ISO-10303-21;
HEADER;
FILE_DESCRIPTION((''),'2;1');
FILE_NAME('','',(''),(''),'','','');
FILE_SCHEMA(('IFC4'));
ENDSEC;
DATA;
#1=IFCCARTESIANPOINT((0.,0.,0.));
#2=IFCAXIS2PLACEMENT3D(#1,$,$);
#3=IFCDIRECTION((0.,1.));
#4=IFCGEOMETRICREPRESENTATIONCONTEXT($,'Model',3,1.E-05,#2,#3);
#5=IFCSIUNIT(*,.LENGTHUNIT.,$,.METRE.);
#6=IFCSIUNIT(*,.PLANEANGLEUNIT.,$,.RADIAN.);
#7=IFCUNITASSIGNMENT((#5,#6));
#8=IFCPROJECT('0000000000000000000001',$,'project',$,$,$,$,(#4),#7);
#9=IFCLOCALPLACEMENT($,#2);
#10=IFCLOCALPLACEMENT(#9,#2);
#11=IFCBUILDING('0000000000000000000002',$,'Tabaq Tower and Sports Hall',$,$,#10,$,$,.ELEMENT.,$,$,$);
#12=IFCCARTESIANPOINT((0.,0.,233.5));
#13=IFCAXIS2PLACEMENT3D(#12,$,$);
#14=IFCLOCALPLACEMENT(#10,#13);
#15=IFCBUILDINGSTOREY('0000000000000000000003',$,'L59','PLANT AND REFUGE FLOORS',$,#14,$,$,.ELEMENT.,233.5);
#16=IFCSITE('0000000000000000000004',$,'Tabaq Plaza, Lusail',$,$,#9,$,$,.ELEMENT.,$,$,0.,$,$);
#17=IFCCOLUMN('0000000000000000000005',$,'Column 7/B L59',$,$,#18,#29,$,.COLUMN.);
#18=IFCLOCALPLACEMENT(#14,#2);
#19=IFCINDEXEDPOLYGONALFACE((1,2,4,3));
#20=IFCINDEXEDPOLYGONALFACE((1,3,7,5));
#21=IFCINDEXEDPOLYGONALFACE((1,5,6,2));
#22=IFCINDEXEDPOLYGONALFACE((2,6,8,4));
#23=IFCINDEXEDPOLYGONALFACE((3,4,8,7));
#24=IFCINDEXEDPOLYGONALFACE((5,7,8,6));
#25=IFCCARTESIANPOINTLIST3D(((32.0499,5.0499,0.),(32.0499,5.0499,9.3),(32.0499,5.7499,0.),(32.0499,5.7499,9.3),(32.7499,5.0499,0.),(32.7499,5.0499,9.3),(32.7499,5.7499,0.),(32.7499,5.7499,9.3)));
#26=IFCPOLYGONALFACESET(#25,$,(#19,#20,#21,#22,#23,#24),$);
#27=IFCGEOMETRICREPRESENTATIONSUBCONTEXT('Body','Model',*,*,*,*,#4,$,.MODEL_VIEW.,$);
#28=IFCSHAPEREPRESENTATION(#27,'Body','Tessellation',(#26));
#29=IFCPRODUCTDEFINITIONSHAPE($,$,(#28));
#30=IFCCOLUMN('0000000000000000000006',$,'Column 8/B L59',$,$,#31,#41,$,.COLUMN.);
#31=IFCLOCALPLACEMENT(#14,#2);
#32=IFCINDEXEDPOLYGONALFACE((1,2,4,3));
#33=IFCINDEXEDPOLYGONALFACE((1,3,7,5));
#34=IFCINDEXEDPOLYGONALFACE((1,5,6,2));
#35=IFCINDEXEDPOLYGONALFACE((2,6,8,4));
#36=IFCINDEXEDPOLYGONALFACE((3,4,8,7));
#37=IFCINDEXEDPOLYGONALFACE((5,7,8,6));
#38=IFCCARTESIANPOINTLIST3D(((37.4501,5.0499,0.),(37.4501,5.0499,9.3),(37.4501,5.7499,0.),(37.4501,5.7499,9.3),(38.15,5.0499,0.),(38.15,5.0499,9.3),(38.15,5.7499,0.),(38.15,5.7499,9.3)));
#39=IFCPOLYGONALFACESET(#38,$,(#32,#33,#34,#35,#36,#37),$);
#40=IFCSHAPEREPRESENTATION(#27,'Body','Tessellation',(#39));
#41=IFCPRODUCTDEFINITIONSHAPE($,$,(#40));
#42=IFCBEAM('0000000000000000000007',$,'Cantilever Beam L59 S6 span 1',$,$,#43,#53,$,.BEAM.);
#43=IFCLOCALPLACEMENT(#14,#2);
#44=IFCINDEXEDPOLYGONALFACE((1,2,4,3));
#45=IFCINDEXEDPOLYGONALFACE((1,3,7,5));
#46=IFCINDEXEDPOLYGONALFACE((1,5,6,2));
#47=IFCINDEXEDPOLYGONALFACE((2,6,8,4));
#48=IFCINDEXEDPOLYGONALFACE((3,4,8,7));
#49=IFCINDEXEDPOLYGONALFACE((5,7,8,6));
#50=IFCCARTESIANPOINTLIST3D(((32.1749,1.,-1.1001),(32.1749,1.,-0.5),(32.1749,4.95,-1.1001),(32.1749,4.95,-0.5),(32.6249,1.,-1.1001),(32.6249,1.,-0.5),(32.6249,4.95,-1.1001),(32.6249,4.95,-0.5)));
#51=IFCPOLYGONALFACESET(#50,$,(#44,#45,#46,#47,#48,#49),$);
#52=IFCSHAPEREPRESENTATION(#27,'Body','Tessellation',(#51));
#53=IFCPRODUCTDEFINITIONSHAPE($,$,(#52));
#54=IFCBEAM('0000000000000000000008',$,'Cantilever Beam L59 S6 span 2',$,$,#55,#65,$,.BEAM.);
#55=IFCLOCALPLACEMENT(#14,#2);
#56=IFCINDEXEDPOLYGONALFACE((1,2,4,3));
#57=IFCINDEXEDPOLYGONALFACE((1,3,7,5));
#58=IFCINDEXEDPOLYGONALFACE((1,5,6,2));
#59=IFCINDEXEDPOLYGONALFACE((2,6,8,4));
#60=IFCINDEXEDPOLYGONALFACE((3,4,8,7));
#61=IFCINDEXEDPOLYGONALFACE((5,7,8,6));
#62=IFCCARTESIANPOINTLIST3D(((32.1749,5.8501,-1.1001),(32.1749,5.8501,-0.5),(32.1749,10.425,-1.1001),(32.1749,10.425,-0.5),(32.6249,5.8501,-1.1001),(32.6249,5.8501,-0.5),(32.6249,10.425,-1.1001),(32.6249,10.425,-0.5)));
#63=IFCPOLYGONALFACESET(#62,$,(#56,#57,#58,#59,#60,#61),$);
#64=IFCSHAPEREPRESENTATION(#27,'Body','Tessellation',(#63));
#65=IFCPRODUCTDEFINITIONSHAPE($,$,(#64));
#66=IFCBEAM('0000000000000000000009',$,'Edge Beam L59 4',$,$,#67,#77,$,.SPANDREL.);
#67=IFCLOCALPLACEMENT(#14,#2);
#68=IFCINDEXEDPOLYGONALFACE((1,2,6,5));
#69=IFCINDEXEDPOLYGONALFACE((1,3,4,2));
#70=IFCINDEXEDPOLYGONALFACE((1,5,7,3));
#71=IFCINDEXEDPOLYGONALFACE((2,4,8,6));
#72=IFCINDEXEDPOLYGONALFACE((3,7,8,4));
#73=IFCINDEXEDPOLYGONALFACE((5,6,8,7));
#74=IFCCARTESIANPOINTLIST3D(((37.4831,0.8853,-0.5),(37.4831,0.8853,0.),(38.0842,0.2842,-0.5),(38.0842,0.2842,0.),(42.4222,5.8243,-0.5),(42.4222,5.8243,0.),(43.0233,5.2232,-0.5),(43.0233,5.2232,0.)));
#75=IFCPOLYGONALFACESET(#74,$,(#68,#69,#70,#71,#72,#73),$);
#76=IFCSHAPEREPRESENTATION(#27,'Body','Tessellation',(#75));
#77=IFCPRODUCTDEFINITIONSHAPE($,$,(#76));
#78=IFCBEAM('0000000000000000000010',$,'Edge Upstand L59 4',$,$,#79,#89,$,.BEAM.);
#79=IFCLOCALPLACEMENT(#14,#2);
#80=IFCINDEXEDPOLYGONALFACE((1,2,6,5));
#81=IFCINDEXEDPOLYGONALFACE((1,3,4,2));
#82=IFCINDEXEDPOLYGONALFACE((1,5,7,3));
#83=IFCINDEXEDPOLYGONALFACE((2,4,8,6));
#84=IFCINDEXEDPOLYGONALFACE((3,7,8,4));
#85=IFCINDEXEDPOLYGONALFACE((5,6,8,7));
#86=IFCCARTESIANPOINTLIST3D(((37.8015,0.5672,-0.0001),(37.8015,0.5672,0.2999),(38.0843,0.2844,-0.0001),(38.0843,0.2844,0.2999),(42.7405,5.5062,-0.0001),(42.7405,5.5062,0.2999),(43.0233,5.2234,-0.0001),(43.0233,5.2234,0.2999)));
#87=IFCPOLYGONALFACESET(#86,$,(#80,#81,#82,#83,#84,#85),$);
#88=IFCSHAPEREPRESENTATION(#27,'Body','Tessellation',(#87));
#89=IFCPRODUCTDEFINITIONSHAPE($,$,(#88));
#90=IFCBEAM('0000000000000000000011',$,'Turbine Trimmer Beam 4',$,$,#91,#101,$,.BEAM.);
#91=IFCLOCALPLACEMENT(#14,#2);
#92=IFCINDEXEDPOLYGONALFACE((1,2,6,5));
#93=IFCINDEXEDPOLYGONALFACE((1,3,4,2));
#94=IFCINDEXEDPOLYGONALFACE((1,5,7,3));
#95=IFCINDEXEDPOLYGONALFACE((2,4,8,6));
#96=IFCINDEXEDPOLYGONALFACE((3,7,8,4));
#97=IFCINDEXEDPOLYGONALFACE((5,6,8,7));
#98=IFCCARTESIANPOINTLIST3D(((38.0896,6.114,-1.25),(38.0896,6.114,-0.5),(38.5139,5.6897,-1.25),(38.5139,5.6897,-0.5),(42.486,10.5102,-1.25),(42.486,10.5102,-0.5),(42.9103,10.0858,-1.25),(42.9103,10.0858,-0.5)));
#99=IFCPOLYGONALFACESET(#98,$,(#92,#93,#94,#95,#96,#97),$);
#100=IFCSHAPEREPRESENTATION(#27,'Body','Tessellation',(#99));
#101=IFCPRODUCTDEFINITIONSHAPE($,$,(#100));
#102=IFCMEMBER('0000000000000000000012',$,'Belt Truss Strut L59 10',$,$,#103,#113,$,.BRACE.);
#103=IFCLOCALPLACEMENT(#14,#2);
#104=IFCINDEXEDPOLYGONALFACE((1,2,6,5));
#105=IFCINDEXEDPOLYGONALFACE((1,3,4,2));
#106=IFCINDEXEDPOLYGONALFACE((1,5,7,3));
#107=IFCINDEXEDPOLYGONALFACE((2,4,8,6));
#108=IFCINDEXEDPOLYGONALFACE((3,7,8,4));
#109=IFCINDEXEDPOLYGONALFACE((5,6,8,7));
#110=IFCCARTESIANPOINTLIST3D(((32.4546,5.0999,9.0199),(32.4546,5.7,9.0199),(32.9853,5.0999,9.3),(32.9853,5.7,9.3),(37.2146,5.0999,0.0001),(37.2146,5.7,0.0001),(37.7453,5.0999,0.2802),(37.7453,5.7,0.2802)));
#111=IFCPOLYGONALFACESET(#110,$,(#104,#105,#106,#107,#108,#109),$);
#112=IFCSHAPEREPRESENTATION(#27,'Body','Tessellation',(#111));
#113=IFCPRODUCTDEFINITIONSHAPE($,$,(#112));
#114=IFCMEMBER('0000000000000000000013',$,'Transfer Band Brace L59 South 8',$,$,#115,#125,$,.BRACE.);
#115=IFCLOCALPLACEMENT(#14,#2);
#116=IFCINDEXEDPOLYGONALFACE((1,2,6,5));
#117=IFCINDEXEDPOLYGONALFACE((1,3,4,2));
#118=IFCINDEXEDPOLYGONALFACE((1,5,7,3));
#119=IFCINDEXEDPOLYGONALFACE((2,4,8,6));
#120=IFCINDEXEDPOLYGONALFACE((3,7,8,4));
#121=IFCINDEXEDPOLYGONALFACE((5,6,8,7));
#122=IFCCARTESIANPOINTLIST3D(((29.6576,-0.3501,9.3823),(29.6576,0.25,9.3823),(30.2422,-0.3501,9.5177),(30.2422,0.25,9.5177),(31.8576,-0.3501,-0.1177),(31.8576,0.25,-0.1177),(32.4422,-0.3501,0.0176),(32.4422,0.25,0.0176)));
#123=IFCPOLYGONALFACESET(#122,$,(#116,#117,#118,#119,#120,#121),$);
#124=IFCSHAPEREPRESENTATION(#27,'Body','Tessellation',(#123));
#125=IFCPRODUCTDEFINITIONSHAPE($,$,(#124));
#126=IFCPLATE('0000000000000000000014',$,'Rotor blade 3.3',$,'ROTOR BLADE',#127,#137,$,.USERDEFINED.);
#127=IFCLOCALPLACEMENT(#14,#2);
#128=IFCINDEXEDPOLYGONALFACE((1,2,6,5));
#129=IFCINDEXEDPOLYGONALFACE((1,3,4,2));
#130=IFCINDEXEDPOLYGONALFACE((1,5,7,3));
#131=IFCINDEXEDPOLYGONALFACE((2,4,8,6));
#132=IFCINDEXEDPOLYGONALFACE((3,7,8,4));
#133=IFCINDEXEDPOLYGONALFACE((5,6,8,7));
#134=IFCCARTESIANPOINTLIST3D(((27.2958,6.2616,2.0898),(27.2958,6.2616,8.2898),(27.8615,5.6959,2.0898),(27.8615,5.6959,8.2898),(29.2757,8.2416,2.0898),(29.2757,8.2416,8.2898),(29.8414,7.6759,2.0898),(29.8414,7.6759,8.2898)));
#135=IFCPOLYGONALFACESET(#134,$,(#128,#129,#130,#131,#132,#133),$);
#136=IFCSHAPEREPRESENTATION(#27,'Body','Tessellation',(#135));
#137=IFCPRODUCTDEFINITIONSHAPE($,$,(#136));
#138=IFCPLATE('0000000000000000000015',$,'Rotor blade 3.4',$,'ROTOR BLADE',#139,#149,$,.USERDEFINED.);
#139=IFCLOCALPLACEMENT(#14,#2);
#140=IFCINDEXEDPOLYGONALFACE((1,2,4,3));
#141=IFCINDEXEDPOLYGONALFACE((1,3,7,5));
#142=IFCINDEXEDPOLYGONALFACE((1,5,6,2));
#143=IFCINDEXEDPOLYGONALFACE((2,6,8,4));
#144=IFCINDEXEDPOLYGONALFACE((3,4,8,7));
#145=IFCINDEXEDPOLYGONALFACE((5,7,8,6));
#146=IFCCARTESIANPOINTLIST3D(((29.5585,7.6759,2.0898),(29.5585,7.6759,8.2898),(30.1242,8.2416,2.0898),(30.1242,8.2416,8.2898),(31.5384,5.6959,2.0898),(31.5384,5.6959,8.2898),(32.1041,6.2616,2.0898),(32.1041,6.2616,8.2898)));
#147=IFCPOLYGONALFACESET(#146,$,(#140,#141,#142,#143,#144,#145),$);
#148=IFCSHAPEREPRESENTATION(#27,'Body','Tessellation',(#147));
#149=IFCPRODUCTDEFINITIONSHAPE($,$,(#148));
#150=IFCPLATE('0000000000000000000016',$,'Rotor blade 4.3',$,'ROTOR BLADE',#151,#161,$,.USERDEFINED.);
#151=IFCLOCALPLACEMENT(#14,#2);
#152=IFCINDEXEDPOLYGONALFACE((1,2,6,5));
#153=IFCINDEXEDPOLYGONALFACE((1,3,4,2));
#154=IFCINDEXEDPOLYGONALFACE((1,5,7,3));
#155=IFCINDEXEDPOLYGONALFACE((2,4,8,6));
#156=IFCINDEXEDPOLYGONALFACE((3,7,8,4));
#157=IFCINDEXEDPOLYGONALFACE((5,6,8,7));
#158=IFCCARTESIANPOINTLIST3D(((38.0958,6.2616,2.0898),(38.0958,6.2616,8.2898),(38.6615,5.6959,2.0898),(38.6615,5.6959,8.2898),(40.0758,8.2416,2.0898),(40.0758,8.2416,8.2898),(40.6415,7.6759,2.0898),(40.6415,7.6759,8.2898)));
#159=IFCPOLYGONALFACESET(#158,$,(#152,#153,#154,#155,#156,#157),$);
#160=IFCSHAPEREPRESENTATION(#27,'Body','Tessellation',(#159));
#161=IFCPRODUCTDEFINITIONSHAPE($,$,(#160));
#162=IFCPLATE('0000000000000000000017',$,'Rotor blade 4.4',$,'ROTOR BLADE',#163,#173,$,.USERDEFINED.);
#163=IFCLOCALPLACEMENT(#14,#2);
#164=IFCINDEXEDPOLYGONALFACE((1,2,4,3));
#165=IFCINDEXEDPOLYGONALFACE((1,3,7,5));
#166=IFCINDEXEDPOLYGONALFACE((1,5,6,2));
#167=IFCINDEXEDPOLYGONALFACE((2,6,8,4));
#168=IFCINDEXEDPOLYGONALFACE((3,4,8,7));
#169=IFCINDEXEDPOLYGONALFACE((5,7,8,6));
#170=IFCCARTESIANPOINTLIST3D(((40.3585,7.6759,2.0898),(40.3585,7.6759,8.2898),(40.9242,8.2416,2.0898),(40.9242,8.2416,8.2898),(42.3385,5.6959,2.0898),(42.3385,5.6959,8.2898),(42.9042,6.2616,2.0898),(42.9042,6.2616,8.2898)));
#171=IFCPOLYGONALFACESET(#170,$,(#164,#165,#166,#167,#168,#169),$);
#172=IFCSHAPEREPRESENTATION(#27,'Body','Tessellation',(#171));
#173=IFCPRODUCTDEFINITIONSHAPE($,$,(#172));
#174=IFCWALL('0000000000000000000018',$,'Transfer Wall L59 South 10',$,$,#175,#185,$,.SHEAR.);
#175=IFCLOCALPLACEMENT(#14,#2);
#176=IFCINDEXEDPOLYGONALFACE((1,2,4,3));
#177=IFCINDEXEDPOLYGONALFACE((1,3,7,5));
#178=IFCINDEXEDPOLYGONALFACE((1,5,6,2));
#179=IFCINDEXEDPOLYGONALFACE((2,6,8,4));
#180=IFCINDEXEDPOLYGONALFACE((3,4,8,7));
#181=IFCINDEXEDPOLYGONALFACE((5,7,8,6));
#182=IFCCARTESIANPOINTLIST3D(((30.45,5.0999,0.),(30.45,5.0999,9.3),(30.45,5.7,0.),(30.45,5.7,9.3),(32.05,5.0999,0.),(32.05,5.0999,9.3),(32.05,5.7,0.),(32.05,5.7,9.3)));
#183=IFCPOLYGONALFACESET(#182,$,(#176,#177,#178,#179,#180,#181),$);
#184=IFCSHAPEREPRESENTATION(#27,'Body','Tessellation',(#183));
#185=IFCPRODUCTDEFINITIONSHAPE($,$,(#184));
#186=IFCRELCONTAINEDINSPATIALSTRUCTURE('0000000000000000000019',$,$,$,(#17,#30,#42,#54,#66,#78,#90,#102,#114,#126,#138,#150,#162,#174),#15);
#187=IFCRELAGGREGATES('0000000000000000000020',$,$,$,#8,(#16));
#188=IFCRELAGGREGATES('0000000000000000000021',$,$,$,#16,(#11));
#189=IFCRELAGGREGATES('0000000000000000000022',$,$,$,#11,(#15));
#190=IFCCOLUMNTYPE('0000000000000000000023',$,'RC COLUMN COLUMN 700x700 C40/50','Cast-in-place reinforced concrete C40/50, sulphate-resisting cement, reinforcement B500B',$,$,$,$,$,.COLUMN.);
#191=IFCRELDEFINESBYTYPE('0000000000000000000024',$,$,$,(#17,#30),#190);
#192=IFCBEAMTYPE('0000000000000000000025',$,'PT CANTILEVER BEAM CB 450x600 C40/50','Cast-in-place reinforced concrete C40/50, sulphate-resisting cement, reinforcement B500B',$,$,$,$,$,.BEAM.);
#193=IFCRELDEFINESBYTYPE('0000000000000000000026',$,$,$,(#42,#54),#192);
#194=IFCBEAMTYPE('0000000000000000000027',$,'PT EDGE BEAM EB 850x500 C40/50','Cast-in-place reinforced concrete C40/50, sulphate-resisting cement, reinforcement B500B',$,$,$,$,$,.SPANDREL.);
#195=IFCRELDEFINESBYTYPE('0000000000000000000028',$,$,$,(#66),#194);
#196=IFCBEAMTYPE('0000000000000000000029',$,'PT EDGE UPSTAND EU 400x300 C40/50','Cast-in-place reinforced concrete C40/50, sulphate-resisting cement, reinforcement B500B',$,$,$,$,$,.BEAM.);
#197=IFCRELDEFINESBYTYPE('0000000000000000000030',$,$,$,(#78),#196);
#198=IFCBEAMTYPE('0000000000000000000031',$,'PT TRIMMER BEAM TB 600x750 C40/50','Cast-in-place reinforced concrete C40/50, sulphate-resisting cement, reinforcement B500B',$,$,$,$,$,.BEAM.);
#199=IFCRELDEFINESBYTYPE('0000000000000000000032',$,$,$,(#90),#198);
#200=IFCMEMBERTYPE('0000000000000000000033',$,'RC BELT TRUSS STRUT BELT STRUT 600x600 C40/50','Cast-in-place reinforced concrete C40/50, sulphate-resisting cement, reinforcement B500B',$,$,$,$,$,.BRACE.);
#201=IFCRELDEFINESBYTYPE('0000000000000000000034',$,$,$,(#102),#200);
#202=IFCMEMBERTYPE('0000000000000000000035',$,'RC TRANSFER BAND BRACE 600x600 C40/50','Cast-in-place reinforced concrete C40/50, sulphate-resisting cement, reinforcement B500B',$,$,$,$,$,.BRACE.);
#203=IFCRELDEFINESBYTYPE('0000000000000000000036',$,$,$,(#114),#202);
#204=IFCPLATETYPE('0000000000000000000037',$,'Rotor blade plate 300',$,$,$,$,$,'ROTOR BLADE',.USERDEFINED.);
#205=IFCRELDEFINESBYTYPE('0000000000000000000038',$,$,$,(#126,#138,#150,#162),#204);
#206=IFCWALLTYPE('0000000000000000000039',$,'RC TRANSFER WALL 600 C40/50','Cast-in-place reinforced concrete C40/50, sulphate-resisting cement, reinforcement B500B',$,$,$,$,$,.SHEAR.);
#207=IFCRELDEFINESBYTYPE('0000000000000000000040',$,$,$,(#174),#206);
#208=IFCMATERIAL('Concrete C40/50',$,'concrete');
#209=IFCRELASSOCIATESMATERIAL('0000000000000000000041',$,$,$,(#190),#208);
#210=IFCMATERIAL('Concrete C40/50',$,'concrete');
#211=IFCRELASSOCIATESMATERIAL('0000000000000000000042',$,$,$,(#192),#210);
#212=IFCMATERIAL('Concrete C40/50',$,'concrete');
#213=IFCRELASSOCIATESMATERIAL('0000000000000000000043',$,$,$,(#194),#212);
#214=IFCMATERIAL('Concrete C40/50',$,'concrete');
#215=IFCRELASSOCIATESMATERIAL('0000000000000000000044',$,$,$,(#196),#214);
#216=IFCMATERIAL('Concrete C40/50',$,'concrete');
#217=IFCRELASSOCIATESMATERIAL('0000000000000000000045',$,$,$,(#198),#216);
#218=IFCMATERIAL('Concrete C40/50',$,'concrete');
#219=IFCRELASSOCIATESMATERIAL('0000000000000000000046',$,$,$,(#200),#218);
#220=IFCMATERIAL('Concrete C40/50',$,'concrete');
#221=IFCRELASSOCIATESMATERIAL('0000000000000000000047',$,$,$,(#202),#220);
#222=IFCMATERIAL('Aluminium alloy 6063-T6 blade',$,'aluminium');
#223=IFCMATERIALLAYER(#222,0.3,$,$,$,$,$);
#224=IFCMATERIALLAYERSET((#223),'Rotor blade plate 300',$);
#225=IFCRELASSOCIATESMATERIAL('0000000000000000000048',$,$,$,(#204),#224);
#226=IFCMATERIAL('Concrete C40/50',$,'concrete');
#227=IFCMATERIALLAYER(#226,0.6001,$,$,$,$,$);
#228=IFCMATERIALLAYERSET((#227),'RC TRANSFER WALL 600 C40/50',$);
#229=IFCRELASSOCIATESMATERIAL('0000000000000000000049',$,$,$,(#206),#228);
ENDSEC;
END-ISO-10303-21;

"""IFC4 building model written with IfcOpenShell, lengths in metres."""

from ifc_helpers import new_model, si_unit, direction, frame, frame_2d, origin, origin_2d, place, context, subcontext, project, spatial, rectangle, extrude, material, layer, layer_set, material_profile, profile_set, type_object, element, save


model = new_model("IFC4")

# Units and contexts
model_context = context("Model", 3, precision=1e-05, world=origin(), true_north=direction((0.0, 1.0)))
body_context = subcontext(model_context, "Body", "Model", "MODEL_VIEW")
ifc_project = project(units=[si_unit("LENGTHUNIT", "METRE"), si_unit("PLANEANGLEUNIT", "RADIAN")], contexts=[model_context])

# Site, building, storey
site_placement = place(None, origin())
site = spatial("IfcSite", under=ifc_project, at=site_placement, Name="Tabaq Plaza, Lusail", CompositionType="ELEMENT", RefElevation=0.0)
building_placement = place(site_placement, origin())
building = spatial("IfcBuilding", under=site, at=building_placement, Name="Tabaq Tower and Sports Hall", CompositionType="ELEMENT")
storey_placement = place(building_placement, frame((0.0, 0.0, 233.5)))
storey = spatial("IfcBuildingStorey", under=building, at=storey_placement, Name="L59", Description="PLANT AND REFUGE FLOORS", CompositionType="ELEMENT", Elevation=233.5)

# Columns
ifc_material_1 = material(Name="Concrete C40/50", Category="concrete")
ifc_material_profile_1 = material_profile(ifc_material_1, rectangle(XDim=0.7, YDim=0.7, at=origin_2d()), Name="COLUMN 700x700")
ifc_profile_set_1 = profile_set([ifc_material_profile_1], Name="Concrete C40/50")
column_type = type_object("IfcColumnType", Name="RC COLUMN COLUMN 700x700 C40/50", Description="Cast-in-place reinforced concrete C40/50, sulphate-resisting cement, reinforcement B500B", PredefinedType="COLUMN", material=ifc_profile_set_1)
for number, where, z_axis, x_axis, name in (
    (1, (32.3999, 5.3999, 0.0), (0.0, 0.0, 1.0), (1.0, 0.0, 0.0), "Column 7/B L59"),
    (2, (37.8, 5.3999, 0.0), (0.0, 0.0, 1.0), (1.0, 0.0, 0.0), "Column 8/B L59"),
):
    element("IfcColumn", number, at=place(storey_placement, frame(where, z_axis=z_axis, x_axis=x_axis)), inside=storey, type_object=column_type, Name=name, PredefinedType="COLUMN", context=body_context, shape_type="SweptSolid", body=[
        extrude(rectangle(XDim=0.7, YDim=0.7, at=origin_2d()), origin(), (0.0, 0.0, 1.0), 9.3),
    ])

# Beams
ifc_material_2 = material(Name="Concrete C40/50", Category="concrete")
ifc_material_profile_2 = material_profile(ifc_material_2, rectangle(XDim=0.45, YDim=0.6001, at=origin_2d()), Name="CB 450x600")
ifc_profile_set_2 = profile_set([ifc_material_profile_2], Name="Concrete C40/50")
beam_type_1 = type_object("IfcBeamType", Name="PT CANTILEVER BEAM CB 450x600 C40/50", Description="Cast-in-place reinforced concrete C40/50, sulphate-resisting cement, reinforcement B500B", PredefinedType="BEAM", material=ifc_profile_set_2)
beam_1_placement = place(storey_placement, frame((32.3999, 1.0, -0.8), z_axis=(0.0, 1.0, 0.0), x_axis=(-1.0, 0.0, 0.0)))
element("IfcBeam", 3, at=beam_1_placement, inside=storey, type_object=beam_type_1, Name="Cantilever Beam L59 S6 span 1", PredefinedType="BEAM", context=body_context, shape_type="SweptSolid", body=[
    extrude(rectangle(XDim=0.45, YDim=0.6001, at=origin_2d()), origin(), (0.0, 0.0, 1.0), 3.95),
])
beam_2_placement = place(storey_placement, frame((32.3999, 5.8501, -0.8), z_axis=(0.0, 1.0, 0.0), x_axis=(-1.0, 0.0, 0.0)))
element("IfcBeam", 4, at=beam_2_placement, inside=storey, type_object=beam_type_1, Name="Cantilever Beam L59 S6 span 2", PredefinedType="BEAM", context=body_context, shape_type="SweptSolid", body=[
    extrude(rectangle(XDim=0.45, YDim=0.6001, at=origin_2d()), origin(), (0.0, 0.0, 1.0), 4.575),
])
ifc_material_3 = material(Name="Concrete C40/50", Category="concrete")
ifc_material_profile_3 = material_profile(ifc_material_3, rectangle(XDim=0.8501, YDim=0.5, at=origin_2d()), Name="EB 850x500")
ifc_profile_set_3 = profile_set([ifc_material_profile_3], Name="Concrete C40/50")
beam_type_2 = type_object("IfcBeamType", Name="PT EDGE BEAM EB 850x500 C40/50", Description="Cast-in-place reinforced concrete C40/50, sulphate-resisting cement, reinforcement B500B", PredefinedType="SPANDREL", material=ifc_profile_set_3)
beam_3_placement = place(storey_placement, frame((37.7837, 0.5847, -0.25), z_axis=(0.707107, 0.707107, 0.0), x_axis=(-0.707107, 0.707107, 0.0)))
element("IfcBeam", 5, at=beam_3_placement, inside=storey, type_object=beam_type_2, Name="Edge Beam L59 4", PredefinedType="SPANDREL", context=body_context, shape_type="SweptSolid", body=[
    extrude(rectangle(XDim=0.8501, YDim=0.5, at=origin_2d()), origin(), (0.0, 0.0, 1.0), 6.9849),
])
ifc_material_4 = material(Name="Concrete C40/50", Category="concrete")
ifc_material_profile_4 = material_profile(ifc_material_4, rectangle(XDim=0.3999, YDim=0.3, at=origin_2d()), Name="EU 400x300")
ifc_profile_set_4 = profile_set([ifc_material_profile_4], Name="Concrete C40/50")
beam_type_3 = type_object("IfcBeamType", Name="PT EDGE UPSTAND EU 400x300 C40/50", Description="Cast-in-place reinforced concrete C40/50, sulphate-resisting cement, reinforcement B500B", PredefinedType="BEAM", material=ifc_profile_set_4)
beam_4_placement = place(storey_placement, frame((37.9429, 0.4258, 0.1499), z_axis=(0.707107, 0.707107, 0.0), x_axis=(-0.707107, 0.707107, 0.0)))
element("IfcBeam", 6, at=beam_4_placement, inside=storey, type_object=beam_type_3, Name="Edge Upstand L59 4", PredefinedType="BEAM", context=body_context, shape_type="SweptSolid", body=[
    extrude(rectangle(XDim=0.3999, YDim=0.3, at=origin_2d()), origin(), (0.0, 0.0, 1.0), 6.9849),
])
ifc_material_5 = material(Name="Concrete C40/50", Category="concrete")
ifc_material_profile_5 = material_profile(ifc_material_5, rectangle(XDim=0.6001, YDim=0.75, at=origin_2d()), Name="TB 600x750")
ifc_profile_set_5 = profile_set([ifc_material_profile_5], Name="Concrete C40/50")
beam_type_4 = type_object("IfcBeamType", Name="PT TRIMMER BEAM TB 600x750 C40/50", Description="Cast-in-place reinforced concrete C40/50, sulphate-resisting cement, reinforcement B500B", PredefinedType="BEAM", material=ifc_profile_set_5)
beam_5_placement = place(storey_placement, frame((38.3018, 5.9019, -0.875), z_axis=(0.707126, 0.707087, 0.0), x_axis=(-0.707087, 0.707126, 0.0)))
element("IfcBeam", 7, at=beam_5_placement, inside=storey, type_object=beam_type_4, Name="Turbine Trimmer Beam 4", PredefinedType="BEAM", context=body_context, shape_type="SweptSolid", body=[
    extrude(rectangle(XDim=0.6001, YDim=0.75, at=origin_2d()), origin(), (0.0, 0.0, 1.0), 6.2173),
])

# Members
ifc_material_6 = material(Name="Concrete C40/50", Category="concrete")
ifc_material_profile_6 = material_profile(ifc_material_6, rectangle(XDim=0.6001, YDim=0.6001, at=origin_2d()), Name="BELT STRUT 600x600")
ifc_profile_set_6 = profile_set([ifc_material_profile_6], Name="Concrete C40/50")
member_type_1 = type_object("IfcMemberType", Name="RC BELT TRUSS STRUT BELT STRUT 600x600 C40/50", Description="Cast-in-place reinforced concrete C40/50, sulphate-resisting cement, reinforcement B500B", PredefinedType="BRACE", material=ifc_profile_set_6)
member_1_placement = place(storey_placement, frame((37.48, 5.3999, 0.1401), z_axis=(-0.466726, 0.0, 0.884402), x_axis=(0.0, -1.0, 0.0)))
element("IfcMember", 8, at=member_1_placement, inside=storey, type_object=member_type_1, Name="Belt Truss Strut L59 10", PredefinedType="BRACE", context=body_context, shape_type="SweptSolid", body=[
    extrude(rectangle(XDim=0.6001, YDim=0.6001, at=origin_2d()), origin(), (0.0, 0.0, 1.0), 10.1987),
])
ifc_material_7 = material(Name="Concrete C40/50", Category="concrete")
ifc_material_profile_7 = material_profile(ifc_material_7, rectangle(XDim=0.6001, YDim=0.6001, at=origin_2d()), Name="TRANSFER BAND BRACE 600x600")
ifc_profile_set_7 = profile_set([ifc_material_profile_7], Name="Concrete C40/50")
member_type_2 = type_object("IfcMemberType", Name="RC TRANSFER BAND BRACE 600x600 C40/50", Description="Cast-in-place reinforced concrete C40/50, sulphate-resisting cement, reinforcement B500B", PredefinedType="BRACE", material=ifc_profile_set_7)
member_2_placement = place(storey_placement, frame((32.1499, -0.05, -0.05), z_axis=(-0.225604, 0.0, 0.974219), x_axis=(0.0, -1.0, 0.0)))
element("IfcMember", 9, at=member_2_placement, inside=storey, type_object=member_type_2, Name="Transfer Band Brace L59 South 8", PredefinedType="BRACE", context=body_context, shape_type="SweptSolid", body=[
    extrude(rectangle(XDim=0.6001, YDim=0.6001, at=origin_2d()), origin(), (0.0, 0.0, 1.0), 9.7515),
])

# Plates
ifc_material_8 = material(Name="Aluminium alloy 6063-T6 blade", Category="aluminium")
ifc_layer_1 = layer(ifc_material_8, 0.3)
ifc_layer_set_1 = layer_set([ifc_layer_1], Name="Rotor blade plate 300")
plate_type = type_object("IfcPlateType", Name="Rotor blade plate 300", ElementType="ROTOR BLADE", PredefinedType="USERDEFINED", material=ifc_layer_set_1)
for number, where, z_axis, x_axis, name in (
    (10, (28.5686, 6.9688, 2.0898), (0.0, 0.0, 1.0), (-0.707107, -0.707107, 0.0), "Rotor blade 3.3"),
    (11, (30.8313, 6.9688, 2.0898), (0.0, 0.0, 1.0), (0.707107, -0.707107, 0.0), "Rotor blade 3.4"),
    (12, (39.3687, 6.9688, 2.0898), (0.0, 0.0, 1.0), (-0.707107, -0.707107, 0.0), "Rotor blade 4.3"),
    (13, (41.6313, 6.9688, 2.0898), (0.0, 0.0, 1.0), (0.707107, -0.707107, 0.0), "Rotor blade 4.4"),
):
    element("IfcPlate", number, at=place(storey_placement, frame(where, z_axis=z_axis, x_axis=x_axis)), inside=storey, type_object=plate_type, Name=name, ObjectType="ROTOR BLADE", PredefinedType="USERDEFINED", context=body_context, shape_type="SweptSolid", body=[
        extrude(rectangle(XDim=2.8, YDim=0.8, at=origin_2d()), origin(), (0.0, 0.0, 1.0), 6.2),
    ])

# Wall
ifc_material_9 = material(Name="Concrete C40/50", Category="concrete")
ifc_layer_2 = layer(ifc_material_9, 0.6001)
ifc_layer_set_2 = layer_set([ifc_layer_2], Name="RC TRANSFER WALL 600 C40/50")
wall_type = type_object("IfcWallType", Name="RC TRANSFER WALL 600 C40/50", Description="Cast-in-place reinforced concrete C40/50, sulphate-resisting cement, reinforcement B500B", PredefinedType="SHEAR", material=ifc_layer_set_2)
wall_1_placement = place(storey_placement, frame((30.45, 5.3999, 0.0), z_axis=(0.0, 0.0, 1.0), x_axis=(1.0, 0.0, 0.0)))
element("IfcWall", 14, at=wall_1_placement, inside=storey, type_object=wall_type, Name="Transfer Wall L59 South 10", PredefinedType="SHEAR", context=body_context, shape_type="SweptSolid", body=[
    extrude(rectangle(XDim=1.6001, YDim=0.6001, at=frame_2d((0.8, 0.0))), origin(), (0.0, 0.0, 1.0), 9.3),
])

save(model, "model.ifc")
